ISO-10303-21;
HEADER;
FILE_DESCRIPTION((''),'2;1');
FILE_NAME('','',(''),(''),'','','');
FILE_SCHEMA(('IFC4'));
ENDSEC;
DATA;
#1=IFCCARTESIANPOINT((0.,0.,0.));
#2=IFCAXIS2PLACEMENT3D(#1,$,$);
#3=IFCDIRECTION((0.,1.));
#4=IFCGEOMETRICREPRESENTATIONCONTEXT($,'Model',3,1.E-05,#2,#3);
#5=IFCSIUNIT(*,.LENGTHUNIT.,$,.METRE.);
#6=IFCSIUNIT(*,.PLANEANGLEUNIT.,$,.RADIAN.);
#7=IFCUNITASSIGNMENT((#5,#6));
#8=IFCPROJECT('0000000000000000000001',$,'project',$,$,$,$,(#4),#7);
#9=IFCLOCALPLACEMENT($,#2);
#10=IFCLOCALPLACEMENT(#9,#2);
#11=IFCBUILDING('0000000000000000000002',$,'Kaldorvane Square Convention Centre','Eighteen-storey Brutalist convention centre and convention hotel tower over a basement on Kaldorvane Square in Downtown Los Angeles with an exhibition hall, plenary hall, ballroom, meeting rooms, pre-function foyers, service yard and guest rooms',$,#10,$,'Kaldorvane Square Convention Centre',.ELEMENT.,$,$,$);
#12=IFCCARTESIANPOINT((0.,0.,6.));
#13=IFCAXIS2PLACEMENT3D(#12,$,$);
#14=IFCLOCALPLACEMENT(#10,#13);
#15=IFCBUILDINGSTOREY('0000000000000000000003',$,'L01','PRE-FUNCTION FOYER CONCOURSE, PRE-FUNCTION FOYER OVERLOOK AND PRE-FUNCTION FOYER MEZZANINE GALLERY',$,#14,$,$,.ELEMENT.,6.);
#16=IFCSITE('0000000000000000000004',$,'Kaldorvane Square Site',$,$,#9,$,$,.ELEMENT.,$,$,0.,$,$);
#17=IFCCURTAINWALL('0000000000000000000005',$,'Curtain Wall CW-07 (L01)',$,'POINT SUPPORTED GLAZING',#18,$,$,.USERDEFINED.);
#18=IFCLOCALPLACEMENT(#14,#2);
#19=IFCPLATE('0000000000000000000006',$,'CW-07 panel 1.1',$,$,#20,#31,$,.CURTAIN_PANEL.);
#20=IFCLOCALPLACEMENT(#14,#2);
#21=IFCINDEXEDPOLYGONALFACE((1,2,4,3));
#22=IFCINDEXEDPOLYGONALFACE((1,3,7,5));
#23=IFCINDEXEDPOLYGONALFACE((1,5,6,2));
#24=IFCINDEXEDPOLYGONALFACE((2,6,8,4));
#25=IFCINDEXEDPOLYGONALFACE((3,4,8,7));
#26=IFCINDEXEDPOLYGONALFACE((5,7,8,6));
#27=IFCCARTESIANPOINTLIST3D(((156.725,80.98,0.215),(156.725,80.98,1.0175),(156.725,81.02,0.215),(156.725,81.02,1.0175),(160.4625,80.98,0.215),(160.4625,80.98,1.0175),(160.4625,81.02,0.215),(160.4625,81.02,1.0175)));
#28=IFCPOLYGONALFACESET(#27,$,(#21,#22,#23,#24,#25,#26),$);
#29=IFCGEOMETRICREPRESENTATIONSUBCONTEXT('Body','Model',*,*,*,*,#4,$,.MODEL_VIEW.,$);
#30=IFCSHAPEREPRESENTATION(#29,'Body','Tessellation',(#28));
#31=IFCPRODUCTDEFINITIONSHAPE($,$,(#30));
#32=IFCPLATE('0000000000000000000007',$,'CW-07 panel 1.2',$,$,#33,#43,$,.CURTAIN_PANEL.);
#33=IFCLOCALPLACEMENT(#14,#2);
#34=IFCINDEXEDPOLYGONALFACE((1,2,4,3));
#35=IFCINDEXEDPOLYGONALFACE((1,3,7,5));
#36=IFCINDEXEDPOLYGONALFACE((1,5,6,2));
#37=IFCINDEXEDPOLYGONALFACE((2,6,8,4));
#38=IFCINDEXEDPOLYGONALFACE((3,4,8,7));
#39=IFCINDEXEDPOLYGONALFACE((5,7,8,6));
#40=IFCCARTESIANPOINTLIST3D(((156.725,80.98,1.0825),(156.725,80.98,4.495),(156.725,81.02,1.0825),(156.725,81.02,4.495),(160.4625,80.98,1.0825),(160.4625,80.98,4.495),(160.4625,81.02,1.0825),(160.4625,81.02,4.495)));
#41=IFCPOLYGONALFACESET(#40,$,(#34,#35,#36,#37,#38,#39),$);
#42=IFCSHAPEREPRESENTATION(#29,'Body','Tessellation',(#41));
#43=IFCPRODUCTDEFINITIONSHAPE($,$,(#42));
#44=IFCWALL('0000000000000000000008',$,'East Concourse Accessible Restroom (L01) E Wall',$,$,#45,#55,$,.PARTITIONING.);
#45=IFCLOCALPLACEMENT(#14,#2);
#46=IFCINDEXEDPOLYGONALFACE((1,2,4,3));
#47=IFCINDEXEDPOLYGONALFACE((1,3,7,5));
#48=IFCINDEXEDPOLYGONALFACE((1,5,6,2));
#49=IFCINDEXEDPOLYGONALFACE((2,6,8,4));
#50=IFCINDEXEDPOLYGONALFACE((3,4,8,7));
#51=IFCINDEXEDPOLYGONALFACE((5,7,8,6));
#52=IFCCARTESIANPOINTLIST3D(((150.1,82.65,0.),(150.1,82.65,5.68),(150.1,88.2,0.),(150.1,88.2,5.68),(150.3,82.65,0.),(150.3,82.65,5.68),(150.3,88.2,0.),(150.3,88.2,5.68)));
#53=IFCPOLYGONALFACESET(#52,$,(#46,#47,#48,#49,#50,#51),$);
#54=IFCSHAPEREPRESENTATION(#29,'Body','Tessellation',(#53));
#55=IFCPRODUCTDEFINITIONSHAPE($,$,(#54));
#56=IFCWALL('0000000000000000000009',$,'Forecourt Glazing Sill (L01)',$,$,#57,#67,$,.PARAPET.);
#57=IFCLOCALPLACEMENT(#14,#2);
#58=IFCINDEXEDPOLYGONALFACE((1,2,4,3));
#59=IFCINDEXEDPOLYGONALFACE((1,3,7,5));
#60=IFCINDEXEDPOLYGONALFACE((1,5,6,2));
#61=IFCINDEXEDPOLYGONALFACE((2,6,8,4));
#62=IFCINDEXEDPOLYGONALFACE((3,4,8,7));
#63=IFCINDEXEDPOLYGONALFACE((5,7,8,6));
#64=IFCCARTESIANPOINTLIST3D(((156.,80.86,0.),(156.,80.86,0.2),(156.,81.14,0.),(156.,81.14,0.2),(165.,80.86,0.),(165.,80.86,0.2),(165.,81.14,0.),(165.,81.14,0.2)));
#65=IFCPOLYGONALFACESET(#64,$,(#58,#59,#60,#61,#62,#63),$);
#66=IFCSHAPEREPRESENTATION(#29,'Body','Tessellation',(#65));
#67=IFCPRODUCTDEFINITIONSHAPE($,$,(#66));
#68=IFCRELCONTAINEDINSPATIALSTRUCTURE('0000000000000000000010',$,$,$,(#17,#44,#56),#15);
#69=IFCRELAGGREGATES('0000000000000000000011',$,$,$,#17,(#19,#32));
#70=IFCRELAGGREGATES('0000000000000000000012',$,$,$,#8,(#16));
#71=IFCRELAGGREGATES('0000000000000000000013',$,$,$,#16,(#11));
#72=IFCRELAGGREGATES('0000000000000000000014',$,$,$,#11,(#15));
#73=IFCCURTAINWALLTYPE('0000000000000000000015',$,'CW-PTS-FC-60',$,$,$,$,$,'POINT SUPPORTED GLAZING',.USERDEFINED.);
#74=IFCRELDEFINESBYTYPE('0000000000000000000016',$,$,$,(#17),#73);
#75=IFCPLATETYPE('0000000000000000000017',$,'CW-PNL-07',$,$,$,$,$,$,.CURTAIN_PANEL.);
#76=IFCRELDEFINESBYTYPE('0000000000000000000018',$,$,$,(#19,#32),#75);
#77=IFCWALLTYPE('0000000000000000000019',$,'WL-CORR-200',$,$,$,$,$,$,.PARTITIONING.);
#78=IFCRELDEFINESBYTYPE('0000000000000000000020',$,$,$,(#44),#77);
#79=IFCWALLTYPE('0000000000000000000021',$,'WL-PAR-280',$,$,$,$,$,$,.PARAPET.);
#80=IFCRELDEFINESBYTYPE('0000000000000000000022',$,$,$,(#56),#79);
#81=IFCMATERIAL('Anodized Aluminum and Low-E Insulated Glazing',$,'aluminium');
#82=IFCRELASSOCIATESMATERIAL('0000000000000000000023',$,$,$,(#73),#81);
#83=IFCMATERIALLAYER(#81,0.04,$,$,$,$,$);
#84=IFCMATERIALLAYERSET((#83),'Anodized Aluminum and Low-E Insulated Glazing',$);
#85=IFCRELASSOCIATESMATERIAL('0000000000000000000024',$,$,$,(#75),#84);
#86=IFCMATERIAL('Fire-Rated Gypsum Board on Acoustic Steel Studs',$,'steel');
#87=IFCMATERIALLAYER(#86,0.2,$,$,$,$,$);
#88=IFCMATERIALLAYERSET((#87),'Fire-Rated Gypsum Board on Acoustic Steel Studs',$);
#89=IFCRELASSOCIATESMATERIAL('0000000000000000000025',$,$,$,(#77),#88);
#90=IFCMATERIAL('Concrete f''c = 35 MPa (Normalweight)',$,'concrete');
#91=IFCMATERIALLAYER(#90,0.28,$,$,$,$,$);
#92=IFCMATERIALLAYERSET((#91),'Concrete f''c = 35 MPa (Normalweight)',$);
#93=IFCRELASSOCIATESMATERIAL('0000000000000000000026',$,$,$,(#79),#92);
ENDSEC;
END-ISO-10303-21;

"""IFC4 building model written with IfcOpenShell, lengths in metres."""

from ifc_helpers import new_model, si_unit, direction, frame, frame_2d, origin, origin_2d, place, context, subcontext, project, spatial, rectangle, extrude, material, layer, layer_set, type_object, element, aggregate, save


model = new_model("IFC4")

# Units and contexts
model_context = context("Model", 3, precision=1e-05, world=origin(), true_north=direction((0.0, 1.0)))
body_context = subcontext(model_context, "Body", "Model", "MODEL_VIEW")
ifc_project = project(units=[si_unit("LENGTHUNIT", "METRE"), si_unit("PLANEANGLEUNIT", "RADIAN")], contexts=[model_context])

# Site, building, storey
site_placement = place(None, origin())
site = spatial("IfcSite", under=ifc_project, at=site_placement, Name="Kaldorvane Square Site", CompositionType="ELEMENT", RefElevation=0.0)
building_placement = place(site_placement, origin())
building = spatial("IfcBuilding", under=site, at=building_placement, Name="Kaldorvane Square Convention Centre", Description="Eighteen-storey Brutalist convention centre and convention hotel tower over a basement on Kaldorvane Square in Downtown Los Angeles with an exhibition hall, plenary hall, ballroom, meeting rooms, pre-function foyers, service yard and guest rooms", LongName="Kaldorvane Square Convention Centre", CompositionType="ELEMENT")
storey_placement = place(building_placement, frame((0.0, 0.0, 6.0)))
storey = spatial("IfcBuildingStorey", under=building, at=storey_placement, Name="L01", Description="PRE-FUNCTION FOYER CONCOURSE, PRE-FUNCTION FOYER OVERLOOK AND PRE-FUNCTION FOYER MEZZANINE GALLERY", CompositionType="ELEMENT", Elevation=6.0)

# Shared definitions
ifc_material_1 = material(Name="Anodized Aluminum and Low-E Insulated Glazing", Category="aluminium")
curtain_wall_type = type_object("IfcCurtainWallType", Name="CW-PTS-FC-60", ElementType="POINT SUPPORTED GLAZING", PredefinedType="USERDEFINED", material=ifc_material_1)

# Curtain wall
curtain_wall_1_placement = place(storey_placement, origin())
curtain_wall_1 = element("IfcCurtainWall", 1, at=curtain_wall_1_placement, inside=storey, type_object=curtain_wall_type, Name="Curtain Wall CW-07 (L01)", ObjectType="POINT SUPPORTED GLAZING", PredefinedType="USERDEFINED")

# Plates
ifc_layer_1 = layer(ifc_material_1, 0.04)
ifc_layer_set_1 = layer_set([ifc_layer_1], Name="Anodized Aluminum and Low-E Insulated Glazing")
plate_type = type_object("IfcPlateType", Name="CW-PNL-07", PredefinedType="CURTAIN_PANEL", material=ifc_layer_set_1)
plate_1_placement = place(storey_placement, frame((158.5938, 81.0, 0.215), z_axis=(0.0, 0.0, 1.0), x_axis=(1.0, 0.0, 0.0)))
plate_1 = element("IfcPlate", 2, at=plate_1_placement, type_object=plate_type, Name="CW-07 panel 1.1", PredefinedType="CURTAIN_PANEL", context=body_context, shape_type="SweptSolid", body=[
    extrude(rectangle(XDim=3.7375, YDim=0.04, at=origin_2d()), origin(), (0.0, 0.0, 1.0), 0.8025),
])
plate_2_placement = place(storey_placement, frame((158.5938, 81.0, 1.0825), z_axis=(0.0, 0.0, 1.0), x_axis=(1.0, 0.0, 0.0)))
plate_2 = element("IfcPlate", 3, at=plate_2_placement, type_object=plate_type, Name="CW-07 panel 1.2", PredefinedType="CURTAIN_PANEL", context=body_context, shape_type="SweptSolid", body=[
    extrude(rectangle(XDim=3.7375, YDim=0.04, at=origin_2d()), origin(), (0.0, 0.0, 1.0), 3.4125),
])
aggregate(curtain_wall_1, [plate_1, plate_2])

# Walls
ifc_material_2 = material(Name="Fire-Rated Gypsum Board on Acoustic Steel Studs", Category="steel")
ifc_layer_2 = layer(ifc_material_2, 0.2)
ifc_layer_set_2 = layer_set([ifc_layer_2], Name="Fire-Rated Gypsum Board on Acoustic Steel Studs")
wall_type_1 = type_object("IfcWallType", Name="WL-CORR-200", PredefinedType="PARTITIONING", material=ifc_layer_set_2)
wall_1_placement = place(storey_placement, frame((150.2, 82.65, 0.0), z_axis=(0.0, 0.0, 1.0), x_axis=(0.0, 1.0, 0.0)))
element("IfcWall", 4, at=wall_1_placement, inside=storey, type_object=wall_type_1, Name="East Concourse Accessible Restroom (L01) E Wall", PredefinedType="PARTITIONING", context=body_context, shape_type="SweptSolid", body=[
    extrude(rectangle(XDim=5.55, YDim=0.2, at=frame_2d((2.775, 0.0))), origin(), (0.0, 0.0, 1.0), 5.68),
])
ifc_material_3 = material(Name="Concrete f'c = 35 MPa (Normalweight)", Category="concrete")
ifc_layer_3 = layer(ifc_material_3, 0.28)
ifc_layer_set_3 = layer_set([ifc_layer_3], Name="Concrete f'c = 35 MPa (Normalweight)")
wall_type_2 = type_object("IfcWallType", Name="WL-PAR-280", PredefinedType="PARAPET", material=ifc_layer_set_3)
wall_2_placement = place(storey_placement, frame((156.0, 81.0, 0.0), z_axis=(0.0, 0.0, 1.0), x_axis=(1.0, 0.0, 0.0)))
element("IfcWall", 5, at=wall_2_placement, inside=storey, type_object=wall_type_2, Name="Forecourt Glazing Sill (L01)", PredefinedType="PARAPET", context=body_context, shape_type="SweptSolid", body=[
    extrude(rectangle(XDim=9.0, YDim=0.28, at=frame_2d((4.5, 0.0))), origin(), (0.0, 0.0, 1.0), 0.2),
])

save(model, "model.ifc")
